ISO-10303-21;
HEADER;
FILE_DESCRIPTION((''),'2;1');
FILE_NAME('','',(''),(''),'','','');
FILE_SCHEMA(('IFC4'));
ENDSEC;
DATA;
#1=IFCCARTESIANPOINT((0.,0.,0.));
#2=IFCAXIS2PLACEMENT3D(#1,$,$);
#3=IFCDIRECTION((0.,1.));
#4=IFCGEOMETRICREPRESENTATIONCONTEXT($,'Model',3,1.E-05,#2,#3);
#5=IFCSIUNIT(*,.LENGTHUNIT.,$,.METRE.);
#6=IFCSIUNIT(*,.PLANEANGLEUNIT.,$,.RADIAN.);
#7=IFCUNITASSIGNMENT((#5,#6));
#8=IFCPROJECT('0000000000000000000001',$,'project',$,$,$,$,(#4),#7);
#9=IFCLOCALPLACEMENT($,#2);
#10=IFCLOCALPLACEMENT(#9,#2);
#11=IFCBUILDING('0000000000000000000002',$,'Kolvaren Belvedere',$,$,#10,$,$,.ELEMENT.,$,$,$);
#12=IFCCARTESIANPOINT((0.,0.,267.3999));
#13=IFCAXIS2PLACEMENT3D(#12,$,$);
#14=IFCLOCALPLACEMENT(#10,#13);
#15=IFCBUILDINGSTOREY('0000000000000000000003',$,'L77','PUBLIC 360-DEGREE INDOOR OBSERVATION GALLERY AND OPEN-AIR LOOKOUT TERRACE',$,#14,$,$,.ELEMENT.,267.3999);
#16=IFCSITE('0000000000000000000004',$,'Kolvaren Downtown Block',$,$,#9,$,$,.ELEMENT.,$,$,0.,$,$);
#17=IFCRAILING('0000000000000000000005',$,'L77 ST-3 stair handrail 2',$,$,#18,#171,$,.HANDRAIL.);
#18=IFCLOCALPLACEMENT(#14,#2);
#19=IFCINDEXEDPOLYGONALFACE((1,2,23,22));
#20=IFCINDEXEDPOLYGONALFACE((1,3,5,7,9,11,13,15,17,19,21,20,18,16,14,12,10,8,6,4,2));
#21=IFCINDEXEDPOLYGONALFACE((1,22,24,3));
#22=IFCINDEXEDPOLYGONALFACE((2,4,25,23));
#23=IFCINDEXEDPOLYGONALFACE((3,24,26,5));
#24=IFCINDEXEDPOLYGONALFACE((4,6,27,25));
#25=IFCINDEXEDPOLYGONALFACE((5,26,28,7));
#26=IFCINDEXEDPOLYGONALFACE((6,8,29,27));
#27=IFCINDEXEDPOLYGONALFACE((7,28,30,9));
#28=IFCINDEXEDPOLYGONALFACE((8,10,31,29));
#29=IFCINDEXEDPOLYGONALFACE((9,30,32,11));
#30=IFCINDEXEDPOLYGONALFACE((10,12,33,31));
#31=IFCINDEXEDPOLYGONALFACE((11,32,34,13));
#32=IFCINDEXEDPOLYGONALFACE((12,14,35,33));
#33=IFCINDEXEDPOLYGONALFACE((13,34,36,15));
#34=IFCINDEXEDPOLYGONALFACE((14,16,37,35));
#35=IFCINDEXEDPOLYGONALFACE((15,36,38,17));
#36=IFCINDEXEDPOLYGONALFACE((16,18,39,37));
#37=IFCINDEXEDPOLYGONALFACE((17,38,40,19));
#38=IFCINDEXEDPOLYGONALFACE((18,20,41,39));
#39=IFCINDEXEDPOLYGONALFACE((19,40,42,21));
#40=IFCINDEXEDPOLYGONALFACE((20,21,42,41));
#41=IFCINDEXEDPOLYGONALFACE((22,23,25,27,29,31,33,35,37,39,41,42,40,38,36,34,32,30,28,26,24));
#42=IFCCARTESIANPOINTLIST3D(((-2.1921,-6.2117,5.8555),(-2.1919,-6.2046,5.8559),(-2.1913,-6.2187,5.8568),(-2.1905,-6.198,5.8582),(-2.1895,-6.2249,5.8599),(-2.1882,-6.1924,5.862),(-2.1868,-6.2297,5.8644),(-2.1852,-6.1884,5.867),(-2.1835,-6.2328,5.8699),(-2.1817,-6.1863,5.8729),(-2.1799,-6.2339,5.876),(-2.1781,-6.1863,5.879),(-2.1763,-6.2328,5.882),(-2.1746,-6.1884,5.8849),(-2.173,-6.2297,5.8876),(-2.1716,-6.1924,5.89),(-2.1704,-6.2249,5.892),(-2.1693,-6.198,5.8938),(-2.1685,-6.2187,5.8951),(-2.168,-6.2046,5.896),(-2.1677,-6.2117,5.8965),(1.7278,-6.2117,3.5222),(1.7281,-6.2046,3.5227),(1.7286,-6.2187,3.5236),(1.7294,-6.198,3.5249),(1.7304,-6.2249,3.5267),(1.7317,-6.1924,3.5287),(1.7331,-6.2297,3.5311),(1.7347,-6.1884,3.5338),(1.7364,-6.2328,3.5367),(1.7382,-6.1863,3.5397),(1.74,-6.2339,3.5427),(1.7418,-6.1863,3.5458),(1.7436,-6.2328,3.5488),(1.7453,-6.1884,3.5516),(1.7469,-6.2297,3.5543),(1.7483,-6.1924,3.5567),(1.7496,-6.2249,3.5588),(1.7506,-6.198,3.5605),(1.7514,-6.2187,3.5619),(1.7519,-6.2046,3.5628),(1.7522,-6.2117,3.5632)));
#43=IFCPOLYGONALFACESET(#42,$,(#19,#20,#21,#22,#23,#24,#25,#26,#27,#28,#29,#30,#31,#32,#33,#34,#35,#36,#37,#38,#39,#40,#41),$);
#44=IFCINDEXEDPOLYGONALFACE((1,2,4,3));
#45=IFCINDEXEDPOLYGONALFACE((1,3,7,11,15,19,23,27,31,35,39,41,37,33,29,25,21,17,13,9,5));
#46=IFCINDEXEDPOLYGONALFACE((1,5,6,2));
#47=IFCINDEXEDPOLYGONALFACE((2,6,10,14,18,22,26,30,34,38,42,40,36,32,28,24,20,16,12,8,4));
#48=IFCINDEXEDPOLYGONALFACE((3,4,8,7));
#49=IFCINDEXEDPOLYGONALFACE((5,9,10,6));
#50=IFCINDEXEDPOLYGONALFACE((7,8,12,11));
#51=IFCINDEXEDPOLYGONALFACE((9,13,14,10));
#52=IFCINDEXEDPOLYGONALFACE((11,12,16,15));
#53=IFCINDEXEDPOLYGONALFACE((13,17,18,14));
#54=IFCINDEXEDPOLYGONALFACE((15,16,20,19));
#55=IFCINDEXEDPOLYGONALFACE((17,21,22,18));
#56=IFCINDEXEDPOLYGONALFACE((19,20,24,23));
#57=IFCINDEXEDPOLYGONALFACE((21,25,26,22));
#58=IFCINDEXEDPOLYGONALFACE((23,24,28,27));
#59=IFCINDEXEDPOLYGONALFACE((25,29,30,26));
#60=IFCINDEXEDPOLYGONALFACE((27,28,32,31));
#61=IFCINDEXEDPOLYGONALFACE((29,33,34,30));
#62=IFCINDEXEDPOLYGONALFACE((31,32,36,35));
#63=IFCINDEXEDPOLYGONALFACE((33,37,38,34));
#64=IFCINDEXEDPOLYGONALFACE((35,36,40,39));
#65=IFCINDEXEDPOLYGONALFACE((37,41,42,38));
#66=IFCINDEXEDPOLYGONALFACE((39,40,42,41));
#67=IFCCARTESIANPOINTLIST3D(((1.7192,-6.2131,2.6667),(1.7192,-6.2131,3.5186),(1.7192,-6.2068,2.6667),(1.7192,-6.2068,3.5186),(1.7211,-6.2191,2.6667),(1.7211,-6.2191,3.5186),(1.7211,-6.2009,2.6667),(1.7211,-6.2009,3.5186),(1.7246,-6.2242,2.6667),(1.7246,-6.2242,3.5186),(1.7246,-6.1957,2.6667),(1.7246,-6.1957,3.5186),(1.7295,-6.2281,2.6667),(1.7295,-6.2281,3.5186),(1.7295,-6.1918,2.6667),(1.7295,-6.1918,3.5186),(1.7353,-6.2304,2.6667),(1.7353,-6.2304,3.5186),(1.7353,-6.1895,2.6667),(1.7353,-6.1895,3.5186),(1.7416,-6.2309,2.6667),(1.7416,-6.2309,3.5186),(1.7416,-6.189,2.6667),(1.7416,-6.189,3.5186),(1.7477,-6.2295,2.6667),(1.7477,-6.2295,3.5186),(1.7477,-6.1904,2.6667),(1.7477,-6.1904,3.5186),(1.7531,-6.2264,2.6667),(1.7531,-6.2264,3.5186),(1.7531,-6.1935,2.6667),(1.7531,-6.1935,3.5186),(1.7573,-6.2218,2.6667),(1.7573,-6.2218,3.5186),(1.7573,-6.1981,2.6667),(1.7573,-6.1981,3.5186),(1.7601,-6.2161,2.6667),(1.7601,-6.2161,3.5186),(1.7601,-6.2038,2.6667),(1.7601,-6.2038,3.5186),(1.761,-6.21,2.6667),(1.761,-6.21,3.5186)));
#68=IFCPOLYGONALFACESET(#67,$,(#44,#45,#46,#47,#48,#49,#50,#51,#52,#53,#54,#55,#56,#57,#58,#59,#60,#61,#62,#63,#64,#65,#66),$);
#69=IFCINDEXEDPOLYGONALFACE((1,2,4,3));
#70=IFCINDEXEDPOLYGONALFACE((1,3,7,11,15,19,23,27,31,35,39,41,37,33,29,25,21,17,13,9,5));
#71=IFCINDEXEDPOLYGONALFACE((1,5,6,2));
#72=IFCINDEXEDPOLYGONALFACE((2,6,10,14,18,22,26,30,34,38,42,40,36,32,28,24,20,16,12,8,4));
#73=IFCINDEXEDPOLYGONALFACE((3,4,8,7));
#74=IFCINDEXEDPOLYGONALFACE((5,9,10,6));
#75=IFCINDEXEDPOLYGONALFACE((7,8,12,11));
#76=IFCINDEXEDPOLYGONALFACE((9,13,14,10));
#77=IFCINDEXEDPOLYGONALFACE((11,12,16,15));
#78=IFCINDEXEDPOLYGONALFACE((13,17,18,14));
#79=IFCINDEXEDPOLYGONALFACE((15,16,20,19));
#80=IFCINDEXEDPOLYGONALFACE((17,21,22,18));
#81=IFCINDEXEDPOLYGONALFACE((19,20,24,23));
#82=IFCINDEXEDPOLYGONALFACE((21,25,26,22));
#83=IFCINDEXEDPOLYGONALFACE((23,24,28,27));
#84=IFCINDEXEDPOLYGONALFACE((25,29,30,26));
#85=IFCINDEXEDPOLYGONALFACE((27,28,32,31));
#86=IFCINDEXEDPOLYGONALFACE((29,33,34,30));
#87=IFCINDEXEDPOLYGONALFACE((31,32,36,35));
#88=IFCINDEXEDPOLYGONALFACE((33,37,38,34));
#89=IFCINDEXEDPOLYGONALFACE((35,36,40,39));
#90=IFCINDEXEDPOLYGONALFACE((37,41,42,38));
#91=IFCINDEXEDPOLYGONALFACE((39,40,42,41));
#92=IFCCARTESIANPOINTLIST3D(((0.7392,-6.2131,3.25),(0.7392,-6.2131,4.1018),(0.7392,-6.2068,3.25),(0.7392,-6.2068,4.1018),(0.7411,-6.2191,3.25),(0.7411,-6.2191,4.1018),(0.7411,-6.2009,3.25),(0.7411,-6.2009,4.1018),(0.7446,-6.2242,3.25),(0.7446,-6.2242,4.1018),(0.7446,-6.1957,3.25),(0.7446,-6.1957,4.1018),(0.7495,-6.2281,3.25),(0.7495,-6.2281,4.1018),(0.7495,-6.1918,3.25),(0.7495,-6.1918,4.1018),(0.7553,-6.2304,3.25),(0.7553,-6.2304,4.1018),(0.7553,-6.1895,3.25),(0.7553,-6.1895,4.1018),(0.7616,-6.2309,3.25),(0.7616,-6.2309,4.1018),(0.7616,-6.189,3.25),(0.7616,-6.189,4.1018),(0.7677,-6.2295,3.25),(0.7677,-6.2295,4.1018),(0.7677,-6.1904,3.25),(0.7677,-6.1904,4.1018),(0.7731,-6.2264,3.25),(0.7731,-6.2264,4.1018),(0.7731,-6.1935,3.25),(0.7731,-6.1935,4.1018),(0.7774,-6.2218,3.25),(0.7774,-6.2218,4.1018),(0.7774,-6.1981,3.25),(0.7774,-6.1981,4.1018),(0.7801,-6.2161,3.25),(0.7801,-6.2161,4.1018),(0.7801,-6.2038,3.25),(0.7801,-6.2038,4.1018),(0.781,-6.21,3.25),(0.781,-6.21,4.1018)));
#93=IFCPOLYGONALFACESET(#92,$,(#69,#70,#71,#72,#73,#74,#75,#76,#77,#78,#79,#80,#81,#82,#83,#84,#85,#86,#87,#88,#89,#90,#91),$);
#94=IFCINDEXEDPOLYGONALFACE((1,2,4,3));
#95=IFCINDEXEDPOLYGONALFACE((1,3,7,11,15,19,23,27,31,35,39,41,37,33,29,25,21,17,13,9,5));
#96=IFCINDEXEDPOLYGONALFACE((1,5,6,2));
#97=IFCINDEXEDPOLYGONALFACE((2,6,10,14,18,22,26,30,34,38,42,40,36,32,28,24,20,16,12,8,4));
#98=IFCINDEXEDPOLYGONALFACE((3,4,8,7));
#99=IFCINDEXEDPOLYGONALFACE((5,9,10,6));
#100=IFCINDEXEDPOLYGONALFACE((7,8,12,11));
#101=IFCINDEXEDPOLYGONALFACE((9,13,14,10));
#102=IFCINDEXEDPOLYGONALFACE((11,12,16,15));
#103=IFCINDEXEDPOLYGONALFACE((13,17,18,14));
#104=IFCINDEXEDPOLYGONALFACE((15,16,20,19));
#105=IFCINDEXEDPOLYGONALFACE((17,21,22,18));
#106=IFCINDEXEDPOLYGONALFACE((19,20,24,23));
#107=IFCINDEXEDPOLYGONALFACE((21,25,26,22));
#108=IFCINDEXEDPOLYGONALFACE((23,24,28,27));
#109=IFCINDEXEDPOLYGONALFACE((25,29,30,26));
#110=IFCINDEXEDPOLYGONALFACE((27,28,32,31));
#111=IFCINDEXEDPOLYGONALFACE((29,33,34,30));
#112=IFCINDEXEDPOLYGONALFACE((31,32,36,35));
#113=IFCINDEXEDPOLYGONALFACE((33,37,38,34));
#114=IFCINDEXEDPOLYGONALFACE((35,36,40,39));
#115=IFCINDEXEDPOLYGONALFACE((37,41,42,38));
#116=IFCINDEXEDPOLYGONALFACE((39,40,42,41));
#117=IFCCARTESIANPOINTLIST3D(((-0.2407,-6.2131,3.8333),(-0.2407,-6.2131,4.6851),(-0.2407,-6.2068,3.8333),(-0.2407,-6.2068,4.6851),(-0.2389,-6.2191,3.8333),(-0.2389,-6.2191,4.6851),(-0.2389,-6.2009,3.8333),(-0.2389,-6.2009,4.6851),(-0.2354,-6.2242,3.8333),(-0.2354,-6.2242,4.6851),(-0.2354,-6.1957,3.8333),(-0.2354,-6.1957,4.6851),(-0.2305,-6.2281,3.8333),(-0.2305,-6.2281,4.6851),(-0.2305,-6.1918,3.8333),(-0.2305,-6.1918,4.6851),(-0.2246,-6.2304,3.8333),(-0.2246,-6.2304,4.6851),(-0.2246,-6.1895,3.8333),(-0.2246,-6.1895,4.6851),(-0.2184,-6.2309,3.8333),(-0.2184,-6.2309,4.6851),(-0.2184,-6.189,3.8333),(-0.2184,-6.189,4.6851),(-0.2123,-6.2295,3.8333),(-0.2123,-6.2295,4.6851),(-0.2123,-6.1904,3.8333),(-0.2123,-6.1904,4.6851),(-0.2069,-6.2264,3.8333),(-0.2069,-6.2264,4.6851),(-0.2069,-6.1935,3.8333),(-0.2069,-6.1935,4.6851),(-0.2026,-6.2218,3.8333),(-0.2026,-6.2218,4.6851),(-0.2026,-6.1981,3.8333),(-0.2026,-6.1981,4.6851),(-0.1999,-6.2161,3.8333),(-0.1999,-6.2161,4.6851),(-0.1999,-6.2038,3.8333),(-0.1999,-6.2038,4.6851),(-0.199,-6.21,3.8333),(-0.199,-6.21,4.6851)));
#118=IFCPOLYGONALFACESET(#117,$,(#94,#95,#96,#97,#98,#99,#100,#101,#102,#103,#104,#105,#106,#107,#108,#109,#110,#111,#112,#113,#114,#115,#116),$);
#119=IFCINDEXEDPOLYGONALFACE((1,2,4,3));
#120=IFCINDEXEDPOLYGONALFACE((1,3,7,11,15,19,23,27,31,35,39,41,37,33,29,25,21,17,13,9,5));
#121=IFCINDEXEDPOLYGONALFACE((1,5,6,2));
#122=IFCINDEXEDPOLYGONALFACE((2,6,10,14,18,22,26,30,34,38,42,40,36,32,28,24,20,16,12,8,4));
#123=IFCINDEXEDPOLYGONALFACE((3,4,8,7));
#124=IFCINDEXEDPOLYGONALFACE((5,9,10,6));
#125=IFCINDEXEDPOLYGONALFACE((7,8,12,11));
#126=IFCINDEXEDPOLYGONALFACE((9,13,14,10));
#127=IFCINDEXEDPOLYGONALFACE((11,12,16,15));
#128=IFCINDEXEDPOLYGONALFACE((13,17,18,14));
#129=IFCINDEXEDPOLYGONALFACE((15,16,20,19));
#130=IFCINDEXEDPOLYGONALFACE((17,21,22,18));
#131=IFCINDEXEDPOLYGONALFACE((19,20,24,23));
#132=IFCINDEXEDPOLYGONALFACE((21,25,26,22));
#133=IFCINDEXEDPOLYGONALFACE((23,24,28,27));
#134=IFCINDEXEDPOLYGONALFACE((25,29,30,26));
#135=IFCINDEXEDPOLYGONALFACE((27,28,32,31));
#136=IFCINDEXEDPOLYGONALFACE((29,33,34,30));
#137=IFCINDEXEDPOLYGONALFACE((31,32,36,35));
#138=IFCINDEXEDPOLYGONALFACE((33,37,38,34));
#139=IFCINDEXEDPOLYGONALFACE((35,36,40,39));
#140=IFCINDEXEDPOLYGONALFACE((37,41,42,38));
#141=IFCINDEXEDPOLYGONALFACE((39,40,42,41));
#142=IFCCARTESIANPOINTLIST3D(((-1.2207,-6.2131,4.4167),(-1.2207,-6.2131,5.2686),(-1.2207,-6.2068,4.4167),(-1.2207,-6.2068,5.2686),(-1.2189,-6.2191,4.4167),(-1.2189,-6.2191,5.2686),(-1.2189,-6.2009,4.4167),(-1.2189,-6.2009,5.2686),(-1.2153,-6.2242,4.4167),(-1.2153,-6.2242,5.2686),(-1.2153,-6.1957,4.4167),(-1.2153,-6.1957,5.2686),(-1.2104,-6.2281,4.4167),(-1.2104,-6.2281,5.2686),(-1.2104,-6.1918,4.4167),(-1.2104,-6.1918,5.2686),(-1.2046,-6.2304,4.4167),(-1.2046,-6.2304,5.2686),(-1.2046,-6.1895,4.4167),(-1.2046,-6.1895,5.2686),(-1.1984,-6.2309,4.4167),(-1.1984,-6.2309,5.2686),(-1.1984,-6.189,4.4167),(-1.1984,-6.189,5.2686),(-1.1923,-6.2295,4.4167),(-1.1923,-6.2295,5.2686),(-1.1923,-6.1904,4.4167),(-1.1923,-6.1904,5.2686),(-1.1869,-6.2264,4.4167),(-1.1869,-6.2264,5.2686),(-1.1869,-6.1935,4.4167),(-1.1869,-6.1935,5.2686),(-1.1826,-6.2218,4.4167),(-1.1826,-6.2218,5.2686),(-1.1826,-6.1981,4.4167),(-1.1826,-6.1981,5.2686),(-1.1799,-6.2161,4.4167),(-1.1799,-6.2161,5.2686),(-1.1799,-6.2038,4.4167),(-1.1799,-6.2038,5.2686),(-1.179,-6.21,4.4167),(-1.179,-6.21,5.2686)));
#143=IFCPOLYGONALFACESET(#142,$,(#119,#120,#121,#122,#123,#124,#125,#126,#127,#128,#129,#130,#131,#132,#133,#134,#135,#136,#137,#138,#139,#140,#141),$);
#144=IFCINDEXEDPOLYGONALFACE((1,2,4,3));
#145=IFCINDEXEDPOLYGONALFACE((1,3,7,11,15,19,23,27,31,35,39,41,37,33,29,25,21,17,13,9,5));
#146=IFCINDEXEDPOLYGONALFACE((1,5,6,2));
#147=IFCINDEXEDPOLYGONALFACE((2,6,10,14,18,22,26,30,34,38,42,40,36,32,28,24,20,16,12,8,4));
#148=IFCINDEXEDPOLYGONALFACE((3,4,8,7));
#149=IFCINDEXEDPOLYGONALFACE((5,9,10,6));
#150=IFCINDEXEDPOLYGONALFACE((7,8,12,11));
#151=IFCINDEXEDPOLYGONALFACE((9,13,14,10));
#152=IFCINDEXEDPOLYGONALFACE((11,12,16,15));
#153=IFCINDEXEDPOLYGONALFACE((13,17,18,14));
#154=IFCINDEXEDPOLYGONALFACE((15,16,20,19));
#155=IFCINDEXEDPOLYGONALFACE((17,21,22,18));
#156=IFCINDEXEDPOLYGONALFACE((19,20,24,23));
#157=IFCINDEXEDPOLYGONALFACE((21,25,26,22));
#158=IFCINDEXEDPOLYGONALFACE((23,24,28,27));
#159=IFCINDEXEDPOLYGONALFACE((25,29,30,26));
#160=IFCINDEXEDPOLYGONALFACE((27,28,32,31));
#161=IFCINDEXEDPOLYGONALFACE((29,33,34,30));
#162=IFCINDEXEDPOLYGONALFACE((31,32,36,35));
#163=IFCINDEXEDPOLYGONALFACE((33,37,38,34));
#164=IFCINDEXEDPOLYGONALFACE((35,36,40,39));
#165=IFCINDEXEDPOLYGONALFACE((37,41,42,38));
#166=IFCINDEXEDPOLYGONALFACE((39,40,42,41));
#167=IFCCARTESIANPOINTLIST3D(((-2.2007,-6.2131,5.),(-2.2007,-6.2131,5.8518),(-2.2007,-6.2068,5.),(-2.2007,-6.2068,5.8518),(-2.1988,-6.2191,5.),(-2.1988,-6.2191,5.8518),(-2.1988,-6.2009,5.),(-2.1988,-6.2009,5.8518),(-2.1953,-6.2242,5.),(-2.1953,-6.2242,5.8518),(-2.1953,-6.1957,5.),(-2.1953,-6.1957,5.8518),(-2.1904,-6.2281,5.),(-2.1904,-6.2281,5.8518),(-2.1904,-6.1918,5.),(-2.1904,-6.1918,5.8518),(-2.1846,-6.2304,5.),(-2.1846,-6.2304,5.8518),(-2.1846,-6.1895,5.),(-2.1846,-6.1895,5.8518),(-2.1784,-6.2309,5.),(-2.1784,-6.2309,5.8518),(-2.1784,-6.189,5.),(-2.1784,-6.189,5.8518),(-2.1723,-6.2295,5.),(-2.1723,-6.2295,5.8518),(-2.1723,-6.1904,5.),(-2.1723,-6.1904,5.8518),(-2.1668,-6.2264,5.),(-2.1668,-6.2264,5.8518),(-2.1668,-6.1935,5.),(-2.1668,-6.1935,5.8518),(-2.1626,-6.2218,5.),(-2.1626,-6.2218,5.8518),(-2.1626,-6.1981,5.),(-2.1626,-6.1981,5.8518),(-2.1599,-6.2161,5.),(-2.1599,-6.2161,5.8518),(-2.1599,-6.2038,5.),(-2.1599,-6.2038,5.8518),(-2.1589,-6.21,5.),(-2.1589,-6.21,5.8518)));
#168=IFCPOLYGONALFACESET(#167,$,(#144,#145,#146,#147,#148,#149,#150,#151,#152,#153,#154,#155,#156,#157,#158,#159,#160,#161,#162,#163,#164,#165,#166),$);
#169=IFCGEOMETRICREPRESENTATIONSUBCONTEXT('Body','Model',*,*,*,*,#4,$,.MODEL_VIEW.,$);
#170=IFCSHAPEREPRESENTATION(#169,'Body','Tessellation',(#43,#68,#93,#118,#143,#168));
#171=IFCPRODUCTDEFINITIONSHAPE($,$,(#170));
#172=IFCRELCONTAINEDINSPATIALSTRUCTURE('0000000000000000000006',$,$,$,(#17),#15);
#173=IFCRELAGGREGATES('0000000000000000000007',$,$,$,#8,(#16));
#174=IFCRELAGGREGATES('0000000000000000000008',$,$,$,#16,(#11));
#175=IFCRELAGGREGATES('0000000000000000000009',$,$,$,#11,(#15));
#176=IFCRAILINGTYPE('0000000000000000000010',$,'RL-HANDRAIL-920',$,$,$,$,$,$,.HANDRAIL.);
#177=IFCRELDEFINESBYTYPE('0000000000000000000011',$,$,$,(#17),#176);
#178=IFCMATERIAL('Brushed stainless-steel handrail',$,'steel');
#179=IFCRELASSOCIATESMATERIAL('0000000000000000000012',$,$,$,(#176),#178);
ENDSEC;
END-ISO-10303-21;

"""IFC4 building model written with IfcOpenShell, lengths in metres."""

from ifc_helpers import new_model, si_unit, direction, frame, origin, origin_2d, place, context, subcontext, project, spatial, circle, extrude, material, type_object, element, save


model = new_model("IFC4")

# Units and contexts
model_context = context("Model", 3, precision=1e-05, world=origin(), true_north=direction((0.0, 1.0)))
body_context = subcontext(model_context, "Body", "Model", "MODEL_VIEW")
ifc_project = project(units=[si_unit("LENGTHUNIT", "METRE"), si_unit("PLANEANGLEUNIT", "RADIAN")], contexts=[model_context])

# Site, building, storey
site_placement = place(None, origin())
site = spatial("IfcSite", under=ifc_project, at=site_placement, Name="Kolvaren Downtown Block", CompositionType="ELEMENT", RefElevation=0.0)
building_placement = place(site_placement, origin())
building = spatial("IfcBuilding", under=site, at=building_placement, Name="Kolvaren Belvedere", CompositionType="ELEMENT")
storey_placement = place(building_placement, frame((0.0, 0.0, 267.3999)))
storey = spatial("IfcBuildingStorey", under=building, at=storey_placement, Name="L77", Description="PUBLIC 360-DEGREE INDOOR OBSERVATION GALLERY AND OPEN-AIR LOOKOUT TERRACE", CompositionType="ELEMENT", Elevation=267.3999)

# Railing
ifc_material_1 = material(Name="Brushed stainless-steel handrail", Category="steel")
railing_type_1 = type_object("IfcRailingType", Name="RL-HANDRAIL-920", PredefinedType="HANDRAIL", material=ifc_material_1)
railing_1_placement = place(storey_placement, frame((1.74, -6.21, 2.6667)))
element("IfcRailing", 1, at=railing_1_placement, inside=storey, type_object=railing_type_1, Name="L77 ST-3 stair handrail 2", PredefinedType="HANDRAIL", context=body_context, shape_type="SweptSolid", body=[
    extrude(circle(Radius=0.0239, at=origin_2d()), frame((0.0, 0.0, 0.876), z_axis=(-0.859296, 0.0, 0.511478), x_axis=(0.0, -1.0, 0.0)), (0.0, 0.0, 1.0), 4.5618),
    extrude(circle(Radius=0.021, at=origin_2d()), origin(), (0.0, 0.0, 1.0), 0.8518),
    extrude(circle(Radius=0.021, at=origin_2d()), frame((-0.98, 0.0, 0.5833)), (0.0, 0.0, 1.0), 0.8518),
    extrude(circle(Radius=0.021, at=origin_2d()), frame((-1.96, 0.0, 1.1665)), (0.0, 0.0, 1.0), 0.8518),
    extrude(circle(Radius=0.021, at=origin_2d()), frame((-2.9399, 0.0, 1.75)), (0.0, 0.0, 1.0), 0.8518),
    extrude(circle(Radius=0.021, at=origin_2d()), frame((-3.9199, 0.0, 2.3333)), (0.0, 0.0, 1.0), 0.8518),
])

save(model, "model.ifc")
